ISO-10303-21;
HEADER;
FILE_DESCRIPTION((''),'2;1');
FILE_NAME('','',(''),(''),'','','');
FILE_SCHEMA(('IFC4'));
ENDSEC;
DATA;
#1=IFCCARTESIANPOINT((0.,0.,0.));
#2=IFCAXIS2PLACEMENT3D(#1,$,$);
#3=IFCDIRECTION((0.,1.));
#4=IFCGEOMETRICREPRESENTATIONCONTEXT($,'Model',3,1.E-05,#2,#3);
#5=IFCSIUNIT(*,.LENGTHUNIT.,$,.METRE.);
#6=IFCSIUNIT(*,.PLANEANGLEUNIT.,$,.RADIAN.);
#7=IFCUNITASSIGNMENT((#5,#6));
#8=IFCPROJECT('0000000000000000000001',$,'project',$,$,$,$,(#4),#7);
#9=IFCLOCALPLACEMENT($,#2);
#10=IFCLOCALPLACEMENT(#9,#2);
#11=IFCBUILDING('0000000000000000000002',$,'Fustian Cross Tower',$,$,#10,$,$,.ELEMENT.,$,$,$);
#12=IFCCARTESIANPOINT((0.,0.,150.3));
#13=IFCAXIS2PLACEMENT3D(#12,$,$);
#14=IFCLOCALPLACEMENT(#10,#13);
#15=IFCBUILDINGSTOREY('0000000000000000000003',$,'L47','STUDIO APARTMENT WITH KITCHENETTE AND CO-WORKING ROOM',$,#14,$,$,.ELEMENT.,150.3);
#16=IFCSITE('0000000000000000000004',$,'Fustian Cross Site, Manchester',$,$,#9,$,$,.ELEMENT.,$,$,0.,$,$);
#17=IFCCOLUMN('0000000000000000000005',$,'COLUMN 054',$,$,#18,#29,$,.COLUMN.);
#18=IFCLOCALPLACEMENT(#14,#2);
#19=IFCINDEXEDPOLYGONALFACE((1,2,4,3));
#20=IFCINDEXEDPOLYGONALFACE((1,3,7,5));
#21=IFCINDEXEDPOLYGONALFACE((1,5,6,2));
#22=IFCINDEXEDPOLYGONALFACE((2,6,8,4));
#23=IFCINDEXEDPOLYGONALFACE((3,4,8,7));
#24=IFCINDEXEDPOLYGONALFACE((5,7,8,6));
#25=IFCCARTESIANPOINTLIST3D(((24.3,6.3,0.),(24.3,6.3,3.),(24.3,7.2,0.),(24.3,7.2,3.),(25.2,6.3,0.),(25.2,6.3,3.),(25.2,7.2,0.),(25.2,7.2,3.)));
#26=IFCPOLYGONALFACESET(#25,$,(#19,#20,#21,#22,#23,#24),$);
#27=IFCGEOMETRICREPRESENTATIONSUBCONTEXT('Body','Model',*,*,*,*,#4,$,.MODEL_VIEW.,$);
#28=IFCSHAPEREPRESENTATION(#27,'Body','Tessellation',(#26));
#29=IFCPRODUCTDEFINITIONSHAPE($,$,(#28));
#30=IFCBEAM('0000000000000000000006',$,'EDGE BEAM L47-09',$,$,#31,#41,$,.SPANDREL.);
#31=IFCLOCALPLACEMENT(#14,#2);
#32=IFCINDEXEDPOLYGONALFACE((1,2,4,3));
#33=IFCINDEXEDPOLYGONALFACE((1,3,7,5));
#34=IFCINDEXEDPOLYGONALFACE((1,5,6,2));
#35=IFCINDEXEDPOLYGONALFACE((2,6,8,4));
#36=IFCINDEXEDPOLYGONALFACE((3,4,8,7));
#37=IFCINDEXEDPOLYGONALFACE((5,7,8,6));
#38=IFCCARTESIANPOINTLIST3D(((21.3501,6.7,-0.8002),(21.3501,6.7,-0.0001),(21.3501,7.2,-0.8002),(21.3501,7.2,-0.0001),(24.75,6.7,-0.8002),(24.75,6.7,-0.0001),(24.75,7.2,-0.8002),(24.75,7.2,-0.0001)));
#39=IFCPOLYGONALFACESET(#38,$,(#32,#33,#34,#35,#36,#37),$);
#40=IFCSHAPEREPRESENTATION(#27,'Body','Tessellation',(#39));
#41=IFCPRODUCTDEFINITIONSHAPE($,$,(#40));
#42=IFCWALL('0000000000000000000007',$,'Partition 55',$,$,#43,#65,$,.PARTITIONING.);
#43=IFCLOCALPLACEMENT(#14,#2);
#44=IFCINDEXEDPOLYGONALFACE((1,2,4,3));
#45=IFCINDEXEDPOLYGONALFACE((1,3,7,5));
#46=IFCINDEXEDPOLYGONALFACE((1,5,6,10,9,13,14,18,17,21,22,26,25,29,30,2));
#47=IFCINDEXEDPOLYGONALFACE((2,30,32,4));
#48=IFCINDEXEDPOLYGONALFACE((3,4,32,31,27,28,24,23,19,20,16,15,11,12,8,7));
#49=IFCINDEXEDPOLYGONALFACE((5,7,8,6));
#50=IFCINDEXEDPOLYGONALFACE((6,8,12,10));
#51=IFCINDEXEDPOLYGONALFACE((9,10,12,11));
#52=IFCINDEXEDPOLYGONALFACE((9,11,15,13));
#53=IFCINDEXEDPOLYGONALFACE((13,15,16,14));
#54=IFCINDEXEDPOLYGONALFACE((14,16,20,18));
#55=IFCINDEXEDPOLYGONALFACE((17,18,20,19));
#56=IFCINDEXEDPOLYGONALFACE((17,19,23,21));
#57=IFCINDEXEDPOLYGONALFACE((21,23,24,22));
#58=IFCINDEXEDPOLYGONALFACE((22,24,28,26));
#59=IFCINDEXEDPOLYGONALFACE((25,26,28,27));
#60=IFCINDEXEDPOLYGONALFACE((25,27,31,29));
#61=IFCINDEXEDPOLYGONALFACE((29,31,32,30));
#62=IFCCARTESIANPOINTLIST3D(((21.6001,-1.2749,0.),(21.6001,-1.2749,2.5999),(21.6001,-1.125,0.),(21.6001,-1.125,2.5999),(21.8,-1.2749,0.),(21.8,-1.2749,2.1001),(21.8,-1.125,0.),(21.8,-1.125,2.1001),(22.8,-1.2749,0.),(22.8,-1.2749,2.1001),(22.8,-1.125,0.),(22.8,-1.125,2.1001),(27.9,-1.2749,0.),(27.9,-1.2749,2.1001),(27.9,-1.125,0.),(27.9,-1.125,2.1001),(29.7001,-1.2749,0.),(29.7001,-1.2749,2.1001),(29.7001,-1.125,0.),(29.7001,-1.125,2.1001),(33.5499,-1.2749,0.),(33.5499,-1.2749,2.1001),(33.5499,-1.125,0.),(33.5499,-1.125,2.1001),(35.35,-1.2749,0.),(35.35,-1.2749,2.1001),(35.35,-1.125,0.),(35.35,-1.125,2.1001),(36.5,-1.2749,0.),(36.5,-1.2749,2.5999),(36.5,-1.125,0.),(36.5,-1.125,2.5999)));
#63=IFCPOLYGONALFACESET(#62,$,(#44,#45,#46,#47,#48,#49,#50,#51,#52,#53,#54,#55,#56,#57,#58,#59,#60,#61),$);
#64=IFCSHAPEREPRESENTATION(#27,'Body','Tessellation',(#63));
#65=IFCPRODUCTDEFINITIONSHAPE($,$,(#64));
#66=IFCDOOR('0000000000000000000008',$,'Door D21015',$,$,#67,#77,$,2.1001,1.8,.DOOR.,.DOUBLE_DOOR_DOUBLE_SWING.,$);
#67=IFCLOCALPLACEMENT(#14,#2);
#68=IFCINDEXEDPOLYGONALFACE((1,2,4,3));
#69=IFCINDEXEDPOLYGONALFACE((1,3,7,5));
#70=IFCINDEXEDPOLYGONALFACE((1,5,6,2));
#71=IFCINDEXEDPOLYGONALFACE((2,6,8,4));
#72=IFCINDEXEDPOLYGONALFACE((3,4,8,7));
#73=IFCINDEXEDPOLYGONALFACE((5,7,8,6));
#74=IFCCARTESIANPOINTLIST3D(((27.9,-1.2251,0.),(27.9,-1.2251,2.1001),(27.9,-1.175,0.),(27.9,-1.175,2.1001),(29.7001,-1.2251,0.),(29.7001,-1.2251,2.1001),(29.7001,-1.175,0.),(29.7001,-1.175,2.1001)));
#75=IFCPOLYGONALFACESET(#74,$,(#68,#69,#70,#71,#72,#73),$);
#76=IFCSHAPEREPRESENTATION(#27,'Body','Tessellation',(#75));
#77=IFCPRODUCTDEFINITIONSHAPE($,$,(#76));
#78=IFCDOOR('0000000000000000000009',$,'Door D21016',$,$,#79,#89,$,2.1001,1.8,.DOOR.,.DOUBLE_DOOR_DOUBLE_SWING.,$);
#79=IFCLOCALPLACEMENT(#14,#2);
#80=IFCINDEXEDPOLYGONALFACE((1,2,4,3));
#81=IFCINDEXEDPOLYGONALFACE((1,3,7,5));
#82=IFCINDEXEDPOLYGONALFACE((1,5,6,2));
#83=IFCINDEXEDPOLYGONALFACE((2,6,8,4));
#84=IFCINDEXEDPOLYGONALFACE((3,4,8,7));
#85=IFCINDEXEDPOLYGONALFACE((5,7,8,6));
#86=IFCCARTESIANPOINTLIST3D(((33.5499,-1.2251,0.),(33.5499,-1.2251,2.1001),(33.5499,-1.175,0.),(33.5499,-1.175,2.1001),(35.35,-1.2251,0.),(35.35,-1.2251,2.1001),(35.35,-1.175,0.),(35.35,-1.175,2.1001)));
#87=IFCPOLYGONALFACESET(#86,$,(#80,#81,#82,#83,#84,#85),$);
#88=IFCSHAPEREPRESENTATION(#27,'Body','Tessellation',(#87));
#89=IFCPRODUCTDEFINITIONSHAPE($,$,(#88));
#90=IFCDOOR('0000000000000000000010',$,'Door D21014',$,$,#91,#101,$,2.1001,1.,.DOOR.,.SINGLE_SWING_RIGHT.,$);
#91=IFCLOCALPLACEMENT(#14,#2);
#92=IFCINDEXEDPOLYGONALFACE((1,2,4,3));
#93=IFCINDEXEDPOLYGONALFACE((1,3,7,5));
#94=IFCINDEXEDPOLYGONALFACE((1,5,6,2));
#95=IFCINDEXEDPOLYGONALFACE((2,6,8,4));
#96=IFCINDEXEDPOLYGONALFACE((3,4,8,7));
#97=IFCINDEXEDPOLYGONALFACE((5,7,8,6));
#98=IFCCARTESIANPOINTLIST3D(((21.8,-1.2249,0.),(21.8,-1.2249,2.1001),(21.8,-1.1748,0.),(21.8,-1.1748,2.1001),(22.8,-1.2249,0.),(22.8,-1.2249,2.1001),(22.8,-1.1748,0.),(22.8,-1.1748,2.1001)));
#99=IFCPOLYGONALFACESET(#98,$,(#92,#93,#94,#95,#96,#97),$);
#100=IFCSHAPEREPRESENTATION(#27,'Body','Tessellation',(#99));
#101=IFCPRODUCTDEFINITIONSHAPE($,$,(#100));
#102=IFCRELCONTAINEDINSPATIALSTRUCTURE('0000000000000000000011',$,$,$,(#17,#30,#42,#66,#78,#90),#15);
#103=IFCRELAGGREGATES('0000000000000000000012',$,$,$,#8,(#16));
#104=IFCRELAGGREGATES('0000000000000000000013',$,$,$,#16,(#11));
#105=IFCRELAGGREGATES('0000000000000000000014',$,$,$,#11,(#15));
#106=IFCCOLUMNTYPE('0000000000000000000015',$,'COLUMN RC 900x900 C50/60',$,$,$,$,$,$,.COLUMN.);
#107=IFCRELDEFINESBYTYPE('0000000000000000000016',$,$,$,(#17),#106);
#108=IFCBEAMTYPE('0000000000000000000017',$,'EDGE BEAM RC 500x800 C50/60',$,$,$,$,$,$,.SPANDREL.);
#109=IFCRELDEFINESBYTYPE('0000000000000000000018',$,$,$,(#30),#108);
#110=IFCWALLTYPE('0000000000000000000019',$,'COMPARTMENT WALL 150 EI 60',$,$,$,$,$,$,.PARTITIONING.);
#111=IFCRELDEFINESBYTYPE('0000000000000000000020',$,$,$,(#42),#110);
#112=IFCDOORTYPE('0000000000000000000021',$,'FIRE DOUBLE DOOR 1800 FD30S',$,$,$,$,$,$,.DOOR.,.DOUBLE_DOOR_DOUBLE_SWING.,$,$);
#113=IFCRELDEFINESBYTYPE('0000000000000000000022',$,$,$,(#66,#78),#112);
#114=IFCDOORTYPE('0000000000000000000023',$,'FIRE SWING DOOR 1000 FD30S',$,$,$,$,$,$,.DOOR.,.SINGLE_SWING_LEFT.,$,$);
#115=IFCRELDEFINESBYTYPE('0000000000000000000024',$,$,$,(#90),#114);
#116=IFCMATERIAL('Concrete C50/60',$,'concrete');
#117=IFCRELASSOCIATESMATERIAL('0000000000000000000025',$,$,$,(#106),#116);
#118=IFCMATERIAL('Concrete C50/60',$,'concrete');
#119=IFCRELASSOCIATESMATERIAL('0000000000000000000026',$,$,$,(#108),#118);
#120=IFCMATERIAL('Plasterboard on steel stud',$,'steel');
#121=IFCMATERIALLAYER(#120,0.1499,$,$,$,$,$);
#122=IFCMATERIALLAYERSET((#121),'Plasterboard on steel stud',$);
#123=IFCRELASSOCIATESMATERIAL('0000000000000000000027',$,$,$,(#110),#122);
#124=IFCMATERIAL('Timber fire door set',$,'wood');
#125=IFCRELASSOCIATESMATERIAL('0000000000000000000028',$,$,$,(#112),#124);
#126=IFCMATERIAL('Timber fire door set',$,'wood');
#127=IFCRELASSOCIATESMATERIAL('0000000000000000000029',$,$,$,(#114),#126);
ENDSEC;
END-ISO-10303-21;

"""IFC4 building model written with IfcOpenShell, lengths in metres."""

from ifc_helpers import new_model, si_unit, direction, frame, frame_2d, origin, origin_2d, place, context, subcontext, project, spatial, rectangle, extrude, material, layer, layer_set, material_profile, profile_set, type_object, element, fill, save


model = new_model("IFC4")

# Units and contexts
model_context = context("Model", 3, precision=1e-05, world=origin(), true_north=direction((0.0, 1.0)))
body_context = subcontext(model_context, "Body", "Model", "MODEL_VIEW")
ifc_project = project(units=[si_unit("LENGTHUNIT", "METRE"), si_unit("PLANEANGLEUNIT", "RADIAN")], contexts=[model_context])

# Site, building, storey
site_placement = place(None, origin())
site = spatial("IfcSite", under=ifc_project, at=site_placement, Name="Fustian Cross Site, Manchester", CompositionType="ELEMENT", RefElevation=0.0)
building_placement = place(site_placement, origin())
building = spatial("IfcBuilding", under=site, at=building_placement, Name="Fustian Cross Tower", CompositionType="ELEMENT")
storey_placement = place(building_placement, frame((0.0, 0.0, 150.3)))
storey = spatial("IfcBuildingStorey", under=building, at=storey_placement, Name="L47", Description="STUDIO APARTMENT WITH KITCHENETTE AND CO-WORKING ROOM", CompositionType="ELEMENT", Elevation=150.3)

# Column
ifc_material_1 = material(Name="Concrete C50/60", Category="concrete")
ifc_material_profile_1 = material_profile(ifc_material_1, rectangle(XDim=0.8999, YDim=0.8999, at=origin_2d()), Name="RC 900x900")
ifc_profile_set_1 = profile_set([ifc_material_profile_1], Name="Concrete C50/60")
column_type = type_object("IfcColumnType", Name="COLUMN RC 900x900 C50/60", PredefinedType="COLUMN", material=ifc_profile_set_1)
column_placement = place(storey_placement, frame((24.75, 6.75, 0.0), z_axis=(0.0, 0.0, 1.0), x_axis=(1.0, 0.0, 0.0)))
element("IfcColumn", 1, at=column_placement, inside=storey, type_object=column_type, Name="COLUMN 054", PredefinedType="COLUMN", context=body_context, shape_type="SweptSolid", body=[
    extrude(rectangle(XDim=0.8999, YDim=0.8999, at=origin_2d()), origin(), (0.0, 0.0, 1.0), 3.0),
])

# Beam
ifc_material_2 = material(Name="Concrete C50/60", Category="concrete")
ifc_material_profile_2 = material_profile(ifc_material_2, rectangle(XDim=0.5, YDim=0.8, at=origin_2d()), Name="RC 500x800")
ifc_profile_set_2 = profile_set([ifc_material_profile_2], Name="Concrete C50/60")
beam_type = type_object("IfcBeamType", Name="EDGE BEAM RC 500x800 C50/60", PredefinedType="SPANDREL", material=ifc_profile_set_2)
beam_placement = place(storey_placement, frame((24.75, 6.95, -0.4001), z_axis=(-1.0, 0.0, 0.0), x_axis=(0.0, -1.0, 0.0)))
element("IfcBeam", 2, at=beam_placement, inside=storey, type_object=beam_type, Name="EDGE BEAM L47-09", PredefinedType="SPANDREL", context=body_context, shape_type="SweptSolid", body=[
    extrude(rectangle(XDim=0.5, YDim=0.8, at=origin_2d()), origin(), (0.0, 0.0, 1.0), 3.3999),
])

# Wall, openings, doors
ifc_material_3 = material(Name="Plasterboard on steel stud", Category="steel")
ifc_layer_1 = layer(ifc_material_3, 0.1499)
ifc_layer_set_1 = layer_set([ifc_layer_1], Name="Plasterboard on steel stud")
wall_type_1 = type_object("IfcWallType", Name="COMPARTMENT WALL 150 EI 60", PredefinedType="PARTITIONING", material=ifc_layer_set_1)
wall_1_placement = place(storey_placement, frame((21.6001, -1.2, 0.0), z_axis=(0.0, 0.0, 1.0), x_axis=(1.0, 0.0, 0.0)))
wall_1 = element("IfcWall", 3, at=wall_1_placement, inside=storey, type_object=wall_type_1, Name="Partition 55", PredefinedType="PARTITIONING", context=body_context, shape_type="SweptSolid", body=[
    extrude(rectangle(XDim=14.8999, YDim=0.1499, at=frame_2d((7.45, 0.0))), origin(), (0.0, 0.0, 1.0), 2.5999),
])
opening_1_placement = place(wall_1_placement, frame((0.2, 0.0, 0.0)))
opening_1 = element("IfcOpeningElement", 4, at=opening_1_placement, cuts=wall_1, PredefinedType="OPENING", context=body_context, shape_type="SweptSolid", body=[
    extrude(rectangle(XDim=1.0, YDim=2.1001, at=frame_2d((0.5, 1.05))), frame((0.0, 0.085, 0.0), z_axis=(0.0, -1.0, 0.0), x_axis=(1.0, 0.0, 0.0)), (0.0, 0.0, 1.0), 0.1699),
])
opening_2_placement = place(wall_1_placement, frame((6.3, 0.0, 0.0)))
opening_2 = element("IfcOpeningElement", 5, at=opening_2_placement, cuts=wall_1, PredefinedType="OPENING", context=body_context, shape_type="SweptSolid", body=[
    extrude(rectangle(XDim=1.8, YDim=2.1001, at=frame_2d((0.8999, 1.05))), frame((0.0, 0.085, 0.0), z_axis=(0.0, -1.0, 0.0), x_axis=(1.0, 0.0, 0.0)), (0.0, 0.0, 1.0), 0.1699),
])
opening_3_placement = place(wall_1_placement, frame((11.95, 0.0, 0.0)))
opening_3 = element("IfcOpeningElement", 6, at=opening_3_placement, cuts=wall_1, PredefinedType="OPENING", context=body_context, shape_type="SweptSolid", body=[
    extrude(rectangle(XDim=1.8, YDim=2.1001, at=frame_2d((0.8999, 1.05))), frame((0.0, 0.085, 0.0), z_axis=(0.0, -1.0, 0.0), x_axis=(1.0, 0.0, 0.0)), (0.0, 0.0, 1.0), 0.1699),
])
ifc_material_4 = material(Name="Timber fire door set", Category="wood")
door_type_1 = type_object("IfcDoorType", Name="FIRE DOUBLE DOOR 1800 FD30S", OperationType="DOUBLE_DOOR_DOUBLE_SWING", PredefinedType="DOOR", material=ifc_material_4)
door_1_placement = place(opening_2_placement, origin())
door_1 = element("IfcDoor", 7, at=door_1_placement, inside=storey, type_object=door_type_1, Name="Door D21015", OperationType="DOUBLE_DOOR_DOUBLE_SWING", OverallHeight=2.1001, OverallWidth=1.8, PredefinedType="DOOR", context=body_context, shape_type="SweptSolid", body=[
    extrude(rectangle(XDim=1.8, YDim=2.1001, at=frame_2d((0.8999, 1.05))), frame((0.0, 0.0249, 0.0), z_axis=(0.0, -1.0, 0.0), x_axis=(1.0, 0.0, 0.0)), (0.0, 0.0, 1.0), 0.05),
])
fill(opening_2, door_1)
door_2_placement = place(opening_3_placement, origin())
door_2 = element("IfcDoor", 8, at=door_2_placement, inside=storey, type_object=door_type_1, Name="Door D21016", OperationType="DOUBLE_DOOR_DOUBLE_SWING", OverallHeight=2.1001, OverallWidth=1.8, PredefinedType="DOOR", context=body_context, shape_type="SweptSolid", body=[
    extrude(rectangle(XDim=1.8, YDim=2.1001, at=frame_2d((0.8999, 1.05))), frame((0.0, 0.0249, 0.0), z_axis=(0.0, -1.0, 0.0), x_axis=(1.0, 0.0, 0.0)), (0.0, 0.0, 1.0), 0.05),
])
fill(opening_3, door_2)
ifc_material_5 = material(Name="Timber fire door set", Category="wood")
door_type_2 = type_object("IfcDoorType", Name="FIRE SWING DOOR 1000 FD30S", OperationType="SINGLE_SWING_LEFT", PredefinedType="DOOR", material=ifc_material_5)
door_3_placement = place(opening_1_placement, frame((1.0, 0.0, 0.0), z_axis=(0.0, 0.0, 1.0), x_axis=(-1.0, 0.0, 0.0)))
door_3 = element("IfcDoor", 9, at=door_3_placement, inside=storey, type_object=door_type_2, Name="Door D21014", OperationType="SINGLE_SWING_RIGHT", OverallHeight=2.1001, OverallWidth=1.0, PredefinedType="DOOR", context=body_context, shape_type="SweptSolid", body=[
    extrude(rectangle(XDim=1.0, YDim=2.1001, at=frame_2d((0.5, 1.05))), frame((0.0, 0.0249, 0.0), z_axis=(0.0, -1.0, 0.0), x_axis=(1.0, 0.0, 0.0)), (0.0, 0.0, 1.0), 0.05),
])
fill(opening_1, door_3)

save(model, "model.ifc")
